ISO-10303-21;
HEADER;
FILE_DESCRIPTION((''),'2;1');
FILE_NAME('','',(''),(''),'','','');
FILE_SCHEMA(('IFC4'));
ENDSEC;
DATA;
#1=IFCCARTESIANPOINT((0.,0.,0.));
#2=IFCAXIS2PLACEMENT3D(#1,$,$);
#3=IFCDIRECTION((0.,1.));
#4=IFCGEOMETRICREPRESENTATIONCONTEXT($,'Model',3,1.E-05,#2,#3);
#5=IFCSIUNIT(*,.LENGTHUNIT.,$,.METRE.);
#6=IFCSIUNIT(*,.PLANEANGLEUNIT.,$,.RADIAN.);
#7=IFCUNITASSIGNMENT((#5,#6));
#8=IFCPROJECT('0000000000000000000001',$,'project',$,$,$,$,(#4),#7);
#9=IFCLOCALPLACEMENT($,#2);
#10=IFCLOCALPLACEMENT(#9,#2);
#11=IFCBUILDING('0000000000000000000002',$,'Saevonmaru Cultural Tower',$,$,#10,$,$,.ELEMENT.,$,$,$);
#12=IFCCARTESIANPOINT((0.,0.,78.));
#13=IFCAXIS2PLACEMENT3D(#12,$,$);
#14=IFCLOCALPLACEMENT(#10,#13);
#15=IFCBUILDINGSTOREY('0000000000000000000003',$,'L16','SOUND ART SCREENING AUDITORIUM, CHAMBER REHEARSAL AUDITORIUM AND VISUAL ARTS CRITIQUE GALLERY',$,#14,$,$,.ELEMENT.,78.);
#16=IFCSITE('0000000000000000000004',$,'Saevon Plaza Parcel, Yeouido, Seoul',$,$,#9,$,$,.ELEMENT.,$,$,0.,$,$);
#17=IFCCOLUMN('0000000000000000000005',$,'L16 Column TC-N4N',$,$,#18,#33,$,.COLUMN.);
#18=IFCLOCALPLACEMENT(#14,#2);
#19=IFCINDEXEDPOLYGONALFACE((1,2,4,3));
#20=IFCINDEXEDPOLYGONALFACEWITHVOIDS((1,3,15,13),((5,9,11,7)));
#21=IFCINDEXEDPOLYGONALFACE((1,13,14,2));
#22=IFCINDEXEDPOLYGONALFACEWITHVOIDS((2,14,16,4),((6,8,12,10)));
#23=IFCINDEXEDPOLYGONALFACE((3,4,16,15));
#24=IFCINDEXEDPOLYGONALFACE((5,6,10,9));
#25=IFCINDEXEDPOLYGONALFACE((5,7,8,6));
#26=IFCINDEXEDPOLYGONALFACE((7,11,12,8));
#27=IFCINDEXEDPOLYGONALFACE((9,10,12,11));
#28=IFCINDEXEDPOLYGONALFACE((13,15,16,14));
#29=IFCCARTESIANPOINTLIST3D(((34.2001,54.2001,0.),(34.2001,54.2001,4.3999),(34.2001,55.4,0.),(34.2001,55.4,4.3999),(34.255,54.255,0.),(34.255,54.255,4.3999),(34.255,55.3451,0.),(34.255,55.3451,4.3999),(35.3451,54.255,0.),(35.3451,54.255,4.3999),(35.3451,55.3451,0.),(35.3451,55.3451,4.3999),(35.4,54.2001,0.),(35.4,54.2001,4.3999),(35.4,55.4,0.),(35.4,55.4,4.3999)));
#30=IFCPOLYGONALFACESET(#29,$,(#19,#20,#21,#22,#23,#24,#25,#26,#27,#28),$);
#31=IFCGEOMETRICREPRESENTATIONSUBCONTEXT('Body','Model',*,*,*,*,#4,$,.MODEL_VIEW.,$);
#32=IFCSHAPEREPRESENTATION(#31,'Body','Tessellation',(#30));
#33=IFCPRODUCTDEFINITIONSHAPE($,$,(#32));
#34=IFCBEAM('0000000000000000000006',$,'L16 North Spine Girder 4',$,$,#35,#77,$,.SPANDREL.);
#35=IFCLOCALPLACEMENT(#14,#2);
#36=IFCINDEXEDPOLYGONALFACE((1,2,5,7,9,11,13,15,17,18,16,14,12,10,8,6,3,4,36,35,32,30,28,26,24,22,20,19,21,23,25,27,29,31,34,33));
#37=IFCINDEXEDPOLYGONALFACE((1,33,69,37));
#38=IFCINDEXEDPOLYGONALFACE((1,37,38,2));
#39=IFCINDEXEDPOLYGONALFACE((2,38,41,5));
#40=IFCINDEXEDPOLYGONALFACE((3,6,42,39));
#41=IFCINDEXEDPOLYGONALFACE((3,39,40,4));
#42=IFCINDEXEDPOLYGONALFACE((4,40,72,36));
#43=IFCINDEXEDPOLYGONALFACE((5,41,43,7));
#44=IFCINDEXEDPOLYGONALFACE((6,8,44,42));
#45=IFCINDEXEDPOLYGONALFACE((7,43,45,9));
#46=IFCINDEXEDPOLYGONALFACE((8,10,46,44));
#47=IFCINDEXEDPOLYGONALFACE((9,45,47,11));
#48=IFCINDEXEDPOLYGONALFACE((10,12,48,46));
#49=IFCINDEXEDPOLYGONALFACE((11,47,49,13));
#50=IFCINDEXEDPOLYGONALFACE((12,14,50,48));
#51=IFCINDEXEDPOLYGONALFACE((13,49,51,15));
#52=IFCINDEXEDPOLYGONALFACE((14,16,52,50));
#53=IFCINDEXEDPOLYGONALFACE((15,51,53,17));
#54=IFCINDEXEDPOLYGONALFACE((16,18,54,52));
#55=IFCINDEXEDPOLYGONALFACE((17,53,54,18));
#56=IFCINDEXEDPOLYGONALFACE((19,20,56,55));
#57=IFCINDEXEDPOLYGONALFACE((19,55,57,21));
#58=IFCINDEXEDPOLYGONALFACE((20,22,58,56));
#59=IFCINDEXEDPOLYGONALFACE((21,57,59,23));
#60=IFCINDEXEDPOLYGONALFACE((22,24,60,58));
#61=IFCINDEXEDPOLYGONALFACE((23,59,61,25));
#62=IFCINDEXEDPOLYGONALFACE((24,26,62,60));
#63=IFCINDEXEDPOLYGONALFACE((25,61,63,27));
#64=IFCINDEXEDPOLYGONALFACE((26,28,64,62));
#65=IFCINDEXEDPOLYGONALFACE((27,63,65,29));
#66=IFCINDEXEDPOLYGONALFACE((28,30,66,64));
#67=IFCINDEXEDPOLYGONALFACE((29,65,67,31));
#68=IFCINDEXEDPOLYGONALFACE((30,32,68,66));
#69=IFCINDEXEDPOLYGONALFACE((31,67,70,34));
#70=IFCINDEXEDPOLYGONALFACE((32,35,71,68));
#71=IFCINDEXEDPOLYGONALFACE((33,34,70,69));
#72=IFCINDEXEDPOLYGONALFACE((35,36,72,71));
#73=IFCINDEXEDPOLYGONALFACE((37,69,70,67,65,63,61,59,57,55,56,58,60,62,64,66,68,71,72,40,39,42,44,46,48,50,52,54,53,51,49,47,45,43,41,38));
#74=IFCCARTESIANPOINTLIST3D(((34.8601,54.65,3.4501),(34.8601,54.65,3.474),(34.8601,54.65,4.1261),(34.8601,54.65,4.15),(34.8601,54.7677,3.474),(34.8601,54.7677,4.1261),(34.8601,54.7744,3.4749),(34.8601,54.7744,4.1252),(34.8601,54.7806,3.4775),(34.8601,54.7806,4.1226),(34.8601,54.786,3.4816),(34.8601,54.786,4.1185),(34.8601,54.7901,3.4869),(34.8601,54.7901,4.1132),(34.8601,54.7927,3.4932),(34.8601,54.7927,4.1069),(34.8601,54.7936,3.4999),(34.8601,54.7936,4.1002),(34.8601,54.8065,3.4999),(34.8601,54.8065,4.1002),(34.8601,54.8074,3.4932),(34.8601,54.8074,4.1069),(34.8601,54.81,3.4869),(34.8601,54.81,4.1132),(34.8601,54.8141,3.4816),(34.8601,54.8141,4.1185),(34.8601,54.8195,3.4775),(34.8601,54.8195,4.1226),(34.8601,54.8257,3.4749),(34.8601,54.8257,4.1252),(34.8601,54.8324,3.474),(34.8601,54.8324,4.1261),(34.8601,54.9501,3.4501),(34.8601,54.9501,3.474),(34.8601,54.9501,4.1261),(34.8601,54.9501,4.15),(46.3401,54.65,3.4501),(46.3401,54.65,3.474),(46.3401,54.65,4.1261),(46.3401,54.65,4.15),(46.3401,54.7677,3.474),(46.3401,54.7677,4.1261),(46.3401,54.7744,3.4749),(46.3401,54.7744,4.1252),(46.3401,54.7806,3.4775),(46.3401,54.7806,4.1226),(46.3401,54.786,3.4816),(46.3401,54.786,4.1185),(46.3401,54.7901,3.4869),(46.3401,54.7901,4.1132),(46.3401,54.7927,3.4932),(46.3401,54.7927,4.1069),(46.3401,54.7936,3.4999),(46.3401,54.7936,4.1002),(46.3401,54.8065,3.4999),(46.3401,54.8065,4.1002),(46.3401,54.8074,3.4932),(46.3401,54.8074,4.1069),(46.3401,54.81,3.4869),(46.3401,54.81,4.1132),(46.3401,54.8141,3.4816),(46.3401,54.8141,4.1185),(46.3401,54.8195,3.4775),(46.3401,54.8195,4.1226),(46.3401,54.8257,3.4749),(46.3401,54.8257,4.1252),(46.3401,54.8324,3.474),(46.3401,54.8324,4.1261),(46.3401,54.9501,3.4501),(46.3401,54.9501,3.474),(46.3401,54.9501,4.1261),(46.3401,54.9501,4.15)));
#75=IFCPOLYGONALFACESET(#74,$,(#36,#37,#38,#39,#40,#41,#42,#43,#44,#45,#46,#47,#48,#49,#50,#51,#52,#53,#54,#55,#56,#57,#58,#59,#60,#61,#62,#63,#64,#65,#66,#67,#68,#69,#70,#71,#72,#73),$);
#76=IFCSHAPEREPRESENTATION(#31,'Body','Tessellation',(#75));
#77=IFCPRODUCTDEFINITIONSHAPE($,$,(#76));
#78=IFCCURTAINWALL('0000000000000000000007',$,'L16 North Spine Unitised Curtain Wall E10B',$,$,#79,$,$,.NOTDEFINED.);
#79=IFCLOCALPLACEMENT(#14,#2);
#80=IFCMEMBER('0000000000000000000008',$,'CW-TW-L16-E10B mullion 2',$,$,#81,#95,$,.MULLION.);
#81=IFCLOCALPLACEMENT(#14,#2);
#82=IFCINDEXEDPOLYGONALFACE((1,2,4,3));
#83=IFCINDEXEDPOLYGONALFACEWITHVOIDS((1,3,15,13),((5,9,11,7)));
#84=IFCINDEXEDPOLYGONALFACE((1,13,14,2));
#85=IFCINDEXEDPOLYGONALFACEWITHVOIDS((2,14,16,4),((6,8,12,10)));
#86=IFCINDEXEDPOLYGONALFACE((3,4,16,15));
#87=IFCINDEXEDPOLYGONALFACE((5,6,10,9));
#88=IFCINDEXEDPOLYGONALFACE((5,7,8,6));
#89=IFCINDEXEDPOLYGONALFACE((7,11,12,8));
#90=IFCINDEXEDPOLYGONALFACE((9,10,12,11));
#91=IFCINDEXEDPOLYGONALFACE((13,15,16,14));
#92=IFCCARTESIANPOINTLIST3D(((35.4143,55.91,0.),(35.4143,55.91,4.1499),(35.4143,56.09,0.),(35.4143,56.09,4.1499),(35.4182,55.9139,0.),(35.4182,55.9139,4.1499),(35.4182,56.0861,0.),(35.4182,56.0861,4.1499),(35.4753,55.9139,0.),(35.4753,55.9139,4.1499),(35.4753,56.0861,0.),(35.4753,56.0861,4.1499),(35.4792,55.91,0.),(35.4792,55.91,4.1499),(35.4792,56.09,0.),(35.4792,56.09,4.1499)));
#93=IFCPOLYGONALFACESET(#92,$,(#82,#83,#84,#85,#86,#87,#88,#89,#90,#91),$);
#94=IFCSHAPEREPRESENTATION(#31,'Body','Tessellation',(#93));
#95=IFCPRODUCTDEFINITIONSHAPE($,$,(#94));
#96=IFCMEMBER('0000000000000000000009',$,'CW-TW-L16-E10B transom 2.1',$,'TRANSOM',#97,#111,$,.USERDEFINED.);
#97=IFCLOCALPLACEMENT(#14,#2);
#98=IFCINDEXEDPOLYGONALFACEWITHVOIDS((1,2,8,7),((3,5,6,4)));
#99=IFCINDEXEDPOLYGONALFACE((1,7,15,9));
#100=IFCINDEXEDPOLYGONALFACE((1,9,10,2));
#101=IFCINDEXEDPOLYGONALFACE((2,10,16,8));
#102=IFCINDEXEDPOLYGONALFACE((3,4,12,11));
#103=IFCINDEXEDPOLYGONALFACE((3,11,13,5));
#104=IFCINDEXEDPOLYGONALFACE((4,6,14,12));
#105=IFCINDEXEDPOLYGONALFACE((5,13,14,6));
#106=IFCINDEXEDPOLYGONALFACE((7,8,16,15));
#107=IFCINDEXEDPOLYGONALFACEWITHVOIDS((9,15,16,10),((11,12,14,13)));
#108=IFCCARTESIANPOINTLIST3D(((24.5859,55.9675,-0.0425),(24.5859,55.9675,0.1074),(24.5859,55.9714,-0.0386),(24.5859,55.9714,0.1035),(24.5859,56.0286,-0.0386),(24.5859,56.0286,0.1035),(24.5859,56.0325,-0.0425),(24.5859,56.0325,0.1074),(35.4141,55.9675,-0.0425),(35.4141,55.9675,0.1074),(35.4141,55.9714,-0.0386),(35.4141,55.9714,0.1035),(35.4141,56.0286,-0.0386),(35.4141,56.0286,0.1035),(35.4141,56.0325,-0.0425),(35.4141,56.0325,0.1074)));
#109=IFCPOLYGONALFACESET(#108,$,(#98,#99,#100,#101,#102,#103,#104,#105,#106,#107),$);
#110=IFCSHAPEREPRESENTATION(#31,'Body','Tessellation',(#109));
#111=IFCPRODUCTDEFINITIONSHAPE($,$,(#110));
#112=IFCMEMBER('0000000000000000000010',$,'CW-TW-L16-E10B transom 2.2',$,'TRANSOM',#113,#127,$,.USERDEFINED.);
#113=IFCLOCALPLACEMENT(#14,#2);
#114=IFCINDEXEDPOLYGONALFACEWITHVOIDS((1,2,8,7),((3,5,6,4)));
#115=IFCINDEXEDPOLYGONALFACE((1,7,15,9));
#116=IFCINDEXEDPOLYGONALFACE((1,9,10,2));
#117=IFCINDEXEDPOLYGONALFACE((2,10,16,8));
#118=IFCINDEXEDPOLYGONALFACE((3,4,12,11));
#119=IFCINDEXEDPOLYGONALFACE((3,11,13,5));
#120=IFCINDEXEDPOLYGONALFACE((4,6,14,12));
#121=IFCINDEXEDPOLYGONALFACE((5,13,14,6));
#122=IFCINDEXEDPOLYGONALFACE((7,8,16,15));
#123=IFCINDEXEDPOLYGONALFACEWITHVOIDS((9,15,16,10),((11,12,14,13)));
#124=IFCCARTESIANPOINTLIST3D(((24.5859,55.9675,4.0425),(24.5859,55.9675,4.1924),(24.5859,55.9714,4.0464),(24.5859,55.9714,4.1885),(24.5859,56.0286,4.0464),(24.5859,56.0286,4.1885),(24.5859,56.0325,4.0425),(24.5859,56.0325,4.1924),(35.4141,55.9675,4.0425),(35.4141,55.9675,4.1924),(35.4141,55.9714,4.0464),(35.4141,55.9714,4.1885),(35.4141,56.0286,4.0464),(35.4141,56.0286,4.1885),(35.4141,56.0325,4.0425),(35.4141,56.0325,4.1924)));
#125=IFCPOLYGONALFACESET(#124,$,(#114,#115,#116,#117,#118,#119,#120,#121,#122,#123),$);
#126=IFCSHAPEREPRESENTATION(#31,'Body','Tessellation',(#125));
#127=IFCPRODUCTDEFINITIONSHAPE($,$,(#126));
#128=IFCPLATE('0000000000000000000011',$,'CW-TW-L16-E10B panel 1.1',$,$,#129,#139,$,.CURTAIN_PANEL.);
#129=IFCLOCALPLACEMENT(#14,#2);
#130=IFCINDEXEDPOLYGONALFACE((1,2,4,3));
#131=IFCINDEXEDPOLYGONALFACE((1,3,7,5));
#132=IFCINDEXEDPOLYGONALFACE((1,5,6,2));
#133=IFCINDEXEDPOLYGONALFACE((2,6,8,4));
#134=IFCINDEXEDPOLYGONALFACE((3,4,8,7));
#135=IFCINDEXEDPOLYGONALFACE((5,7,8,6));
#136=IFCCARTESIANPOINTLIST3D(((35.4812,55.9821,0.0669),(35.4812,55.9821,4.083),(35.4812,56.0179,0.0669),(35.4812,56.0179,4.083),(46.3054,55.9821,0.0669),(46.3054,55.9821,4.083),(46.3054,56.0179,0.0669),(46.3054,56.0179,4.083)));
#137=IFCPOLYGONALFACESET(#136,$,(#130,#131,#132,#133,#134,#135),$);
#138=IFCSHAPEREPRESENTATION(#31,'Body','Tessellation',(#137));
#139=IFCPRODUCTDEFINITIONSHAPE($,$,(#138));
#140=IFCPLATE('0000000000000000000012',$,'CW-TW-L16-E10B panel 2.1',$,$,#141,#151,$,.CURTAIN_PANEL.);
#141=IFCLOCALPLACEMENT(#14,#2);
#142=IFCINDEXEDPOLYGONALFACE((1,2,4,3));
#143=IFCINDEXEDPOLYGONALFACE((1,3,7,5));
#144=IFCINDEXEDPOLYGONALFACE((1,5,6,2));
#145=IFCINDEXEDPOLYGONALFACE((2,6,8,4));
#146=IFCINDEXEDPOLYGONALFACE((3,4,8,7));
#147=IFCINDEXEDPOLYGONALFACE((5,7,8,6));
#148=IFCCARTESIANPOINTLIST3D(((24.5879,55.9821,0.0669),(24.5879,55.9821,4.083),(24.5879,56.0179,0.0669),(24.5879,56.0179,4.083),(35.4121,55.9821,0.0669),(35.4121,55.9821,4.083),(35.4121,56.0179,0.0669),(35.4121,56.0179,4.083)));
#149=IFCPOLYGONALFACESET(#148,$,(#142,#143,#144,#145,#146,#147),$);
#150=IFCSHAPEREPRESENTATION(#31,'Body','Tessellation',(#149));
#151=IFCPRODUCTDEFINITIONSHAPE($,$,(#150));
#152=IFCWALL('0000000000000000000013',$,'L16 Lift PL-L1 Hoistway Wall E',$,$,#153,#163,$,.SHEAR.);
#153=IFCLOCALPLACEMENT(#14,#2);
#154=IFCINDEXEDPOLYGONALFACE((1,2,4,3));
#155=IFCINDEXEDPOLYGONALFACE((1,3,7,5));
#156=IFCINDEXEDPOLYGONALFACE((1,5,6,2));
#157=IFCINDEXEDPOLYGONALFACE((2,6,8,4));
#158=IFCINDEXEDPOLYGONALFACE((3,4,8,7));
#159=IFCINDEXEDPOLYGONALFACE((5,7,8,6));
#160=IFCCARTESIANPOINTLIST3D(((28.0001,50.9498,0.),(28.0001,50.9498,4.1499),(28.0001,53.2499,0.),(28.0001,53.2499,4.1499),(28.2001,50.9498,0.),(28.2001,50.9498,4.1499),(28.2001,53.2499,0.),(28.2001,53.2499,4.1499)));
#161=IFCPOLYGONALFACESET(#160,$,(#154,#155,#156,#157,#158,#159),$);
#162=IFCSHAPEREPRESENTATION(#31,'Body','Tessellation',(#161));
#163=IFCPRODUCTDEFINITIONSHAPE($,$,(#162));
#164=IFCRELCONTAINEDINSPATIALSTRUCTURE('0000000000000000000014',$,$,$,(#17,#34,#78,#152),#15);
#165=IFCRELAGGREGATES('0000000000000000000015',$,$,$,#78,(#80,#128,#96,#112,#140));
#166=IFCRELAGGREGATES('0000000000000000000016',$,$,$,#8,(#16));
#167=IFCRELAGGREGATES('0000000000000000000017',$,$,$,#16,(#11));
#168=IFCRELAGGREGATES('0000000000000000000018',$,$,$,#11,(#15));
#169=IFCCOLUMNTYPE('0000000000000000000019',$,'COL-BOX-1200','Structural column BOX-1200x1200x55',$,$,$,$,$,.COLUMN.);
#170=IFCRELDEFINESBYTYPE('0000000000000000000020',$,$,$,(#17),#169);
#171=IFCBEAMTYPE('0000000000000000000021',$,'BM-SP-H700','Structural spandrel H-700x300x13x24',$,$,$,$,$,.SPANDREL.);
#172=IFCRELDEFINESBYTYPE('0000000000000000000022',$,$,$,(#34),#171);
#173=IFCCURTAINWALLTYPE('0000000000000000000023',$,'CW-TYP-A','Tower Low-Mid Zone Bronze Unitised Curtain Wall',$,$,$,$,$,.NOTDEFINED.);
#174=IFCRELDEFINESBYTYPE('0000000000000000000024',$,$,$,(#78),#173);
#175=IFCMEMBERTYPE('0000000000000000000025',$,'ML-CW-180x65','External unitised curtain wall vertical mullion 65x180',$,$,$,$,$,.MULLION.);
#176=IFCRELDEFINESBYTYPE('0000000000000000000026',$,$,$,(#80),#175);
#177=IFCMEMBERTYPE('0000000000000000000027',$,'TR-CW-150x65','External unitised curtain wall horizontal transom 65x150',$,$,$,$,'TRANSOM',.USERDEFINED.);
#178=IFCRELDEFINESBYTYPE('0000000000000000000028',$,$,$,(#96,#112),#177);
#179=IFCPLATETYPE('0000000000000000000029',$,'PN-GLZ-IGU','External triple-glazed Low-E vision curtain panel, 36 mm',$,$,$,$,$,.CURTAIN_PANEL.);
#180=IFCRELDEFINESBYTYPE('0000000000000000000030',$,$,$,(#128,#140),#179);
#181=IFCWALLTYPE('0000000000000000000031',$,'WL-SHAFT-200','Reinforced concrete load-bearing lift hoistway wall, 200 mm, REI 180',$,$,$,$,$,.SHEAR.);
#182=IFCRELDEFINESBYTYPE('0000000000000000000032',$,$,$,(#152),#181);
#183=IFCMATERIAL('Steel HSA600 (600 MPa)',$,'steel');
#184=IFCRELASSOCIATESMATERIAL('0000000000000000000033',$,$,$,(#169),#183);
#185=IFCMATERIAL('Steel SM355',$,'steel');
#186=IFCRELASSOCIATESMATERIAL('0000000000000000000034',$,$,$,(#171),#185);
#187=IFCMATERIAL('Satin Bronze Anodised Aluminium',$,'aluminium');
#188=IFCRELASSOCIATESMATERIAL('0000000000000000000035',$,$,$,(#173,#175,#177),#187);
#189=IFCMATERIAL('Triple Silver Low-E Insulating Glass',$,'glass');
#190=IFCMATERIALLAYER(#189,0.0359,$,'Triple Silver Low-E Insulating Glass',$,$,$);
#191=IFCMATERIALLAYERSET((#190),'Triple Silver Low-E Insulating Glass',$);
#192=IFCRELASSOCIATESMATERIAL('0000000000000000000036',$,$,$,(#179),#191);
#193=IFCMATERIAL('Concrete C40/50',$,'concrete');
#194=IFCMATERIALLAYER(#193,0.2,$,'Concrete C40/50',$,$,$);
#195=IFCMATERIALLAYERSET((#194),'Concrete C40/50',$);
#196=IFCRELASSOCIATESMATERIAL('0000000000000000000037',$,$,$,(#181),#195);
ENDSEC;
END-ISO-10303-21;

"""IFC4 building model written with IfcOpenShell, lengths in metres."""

from ifc_helpers import new_model, si_unit, direction, frame, frame_2d, origin, origin_2d, place, context, subcontext, project, spatial, rectangle, hollow_rectangle, i_section, extrude, material, layer, layer_set, material_profile, profile_set, type_object, element, aggregate, save


model = new_model("IFC4")

# Units and contexts
model_context = context("Model", 3, precision=1e-05, world=origin(), true_north=direction((0.0, 1.0)))
body_context = subcontext(model_context, "Body", "Model", "MODEL_VIEW")
ifc_project = project(units=[si_unit("LENGTHUNIT", "METRE"), si_unit("PLANEANGLEUNIT", "RADIAN")], contexts=[model_context])

# Site, building, storey
site_placement = place(None, origin())
site = spatial("IfcSite", under=ifc_project, at=site_placement, Name="Saevon Plaza Parcel, Yeouido, Seoul", CompositionType="ELEMENT", RefElevation=0.0)
building_placement = place(site_placement, origin())
building = spatial("IfcBuilding", under=site, at=building_placement, Name="Saevonmaru Cultural Tower", CompositionType="ELEMENT")
storey_placement = place(building_placement, frame((0.0, 0.0, 78.0)))
storey = spatial("IfcBuildingStorey", under=building, at=storey_placement, Name="L16", Description="SOUND ART SCREENING AUDITORIUM, CHAMBER REHEARSAL AUDITORIUM AND VISUAL ARTS CRITIQUE GALLERY", CompositionType="ELEMENT", Elevation=78.0)

# Column
ifc_material_1 = material(Name="Steel HSA600 (600 MPa)", Category="steel")
ifc_material_profile_1 = material_profile(ifc_material_1, hollow_rectangle(XDim=1.2, YDim=1.2, WallThickness=0.0549, at=origin_2d()), Name="BOX-1200x1200x55")
ifc_profile_set_1 = profile_set([ifc_material_profile_1], Name="Steel HSA600 (600 MPa)")
column_type = type_object("IfcColumnType", Name="COL-BOX-1200", Description="Structural column BOX-1200x1200x55", PredefinedType="COLUMN", material=ifc_profile_set_1)
column_placement = place(storey_placement, frame((34.8, 54.8, 0.0), z_axis=(0.0, 0.0, 1.0), x_axis=(1.0, 0.0, 0.0)))
element("IfcColumn", 1, at=column_placement, inside=storey, type_object=column_type, Name="L16 Column TC-N4N", PredefinedType="COLUMN", context=body_context, shape_type="SweptSolid", body=[
    extrude(hollow_rectangle(XDim=1.2, YDim=1.2, WallThickness=0.0549, at=origin_2d()), origin(), (0.0, 0.0, 1.0), 4.3999),
])

# Beam
ifc_material_2 = material(Name="Steel SM355", Category="steel")
ifc_material_profile_2 = material_profile(ifc_material_2, i_section(OverallWidth=0.3, OverallDepth=0.7, WebThickness=0.0129, FlangeThickness=0.0239, FilletRadius=0.0259, at=origin_2d()), Name="H-700x300x13x24")
ifc_profile_set_2 = profile_set([ifc_material_profile_2], Name="Steel SM355")
beam_type = type_object("IfcBeamType", Name="BM-SP-H700", Description="Structural spandrel H-700x300x13x24", PredefinedType="SPANDREL", material=ifc_profile_set_2)
beam_placement = place(storey_placement, frame((34.8601, 54.8, 3.8), z_axis=(1.0, 0.0, 0.0), x_axis=(0.0, 1.0, 0.0)))
element("IfcBeam", 2, at=beam_placement, inside=storey, type_object=beam_type, Name="L16 North Spine Girder 4", PredefinedType="SPANDREL", context=body_context, shape_type="SweptSolid", body=[
    extrude(i_section(OverallWidth=0.3, OverallDepth=0.7, WebThickness=0.0129, FlangeThickness=0.0239, FilletRadius=0.0259, at=origin_2d()), origin(), (0.0, 0.0, 1.0), 11.48),
])

# Curtain wall, members, plates
ifc_material_3 = material(Name="Satin Bronze Anodised Aluminium", Category="aluminium")
curtain_wall_type = type_object("IfcCurtainWallType", Name="CW-TYP-A", Description="Tower Low-Mid Zone Bronze Unitised Curtain Wall", PredefinedType="NOTDEFINED", material=ifc_material_3)
curtain_wall_placement = place(storey_placement, origin())
curtain_wall = element("IfcCurtainWall", 3, at=curtain_wall_placement, inside=storey, type_object=curtain_wall_type, Name="L16 North Spine Unitised Curtain Wall E10B", PredefinedType="NOTDEFINED")
ifc_material_profile_3 = material_profile(ifc_material_3, hollow_rectangle(XDim=0.0649, YDim=0.1799, WallThickness=0.0039, at=origin_2d()), Name="ALU-MULL-180x65x4")
ifc_profile_set_3 = profile_set([ifc_material_profile_3], Name="Satin Bronze Anodised Aluminium")
member_type_1 = type_object("IfcMemberType", Name="ML-CW-180x65", Description="External unitised curtain wall vertical mullion 65x180", PredefinedType="MULLION", material=ifc_profile_set_3)
member_1_placement = place(storey_placement, frame((35.4468, 56.0, 0.0), z_axis=(0.0, 0.0, 1.0), x_axis=(-1.0, 0.0, 0.0)))
member_1 = element("IfcMember", 4, at=member_1_placement, type_object=member_type_1, Name="CW-TW-L16-E10B mullion 2", PredefinedType="MULLION", context=body_context, shape_type="SweptSolid", body=[
    extrude(hollow_rectangle(XDim=0.0649, YDim=0.1799, WallThickness=0.0039, at=origin_2d()), origin(), (0.0, 0.0, 1.0), 4.1499),
])
ifc_material_profile_4 = material_profile(ifc_material_3, hollow_rectangle(XDim=0.0649, YDim=0.1499, WallThickness=0.0039, at=origin_2d()), Name="ALU-TRAN-150x65x4")
ifc_profile_set_4 = profile_set([ifc_material_profile_4], Name="Satin Bronze Anodised Aluminium")
member_type_2 = type_object("IfcMemberType", Name="TR-CW-150x65", Description="External unitised curtain wall horizontal transom 65x150", ElementType="TRANSOM", PredefinedType="USERDEFINED", material=ifc_profile_set_4)
member_2_placement = place(storey_placement, frame((35.4141, 56.0, 0.0325), z_axis=(-1.0, 0.0, 0.0), x_axis=(0.0, -1.0, 0.0)))
member_2 = element("IfcMember", 5, at=member_2_placement, type_object=member_type_2, Name="CW-TW-L16-E10B transom 2.1", ObjectType="TRANSOM", PredefinedType="USERDEFINED", context=body_context, shape_type="SweptSolid", body=[
    extrude(hollow_rectangle(XDim=0.0649, YDim=0.1499, WallThickness=0.0039, at=origin_2d()), origin(), (0.0, 0.0, 1.0), 10.8281),
])
member_3_placement = place(storey_placement, frame((35.4141, 56.0, 4.1174), z_axis=(-1.0, 0.0, 0.0), x_axis=(0.0, -1.0, 0.0)))
member_3 = element("IfcMember", 6, at=member_3_placement, type_object=member_type_2, Name="CW-TW-L16-E10B transom 2.2", ObjectType="TRANSOM", PredefinedType="USERDEFINED", context=body_context, shape_type="SweptSolid", body=[
    extrude(hollow_rectangle(XDim=0.0649, YDim=0.1499, WallThickness=0.0039, at=origin_2d()), origin(), (0.0, 0.0, 1.0), 10.8281),
])
ifc_material_4 = material(Name="Triple Silver Low-E Insulating Glass", Category="glass")
ifc_layer_1 = layer(ifc_material_4, 0.0359, Name="Triple Silver Low-E Insulating Glass")
ifc_layer_set_1 = layer_set([ifc_layer_1], Name="Triple Silver Low-E Insulating Glass")
plate_type = type_object("IfcPlateType", Name="PN-GLZ-IGU", Description="External triple-glazed Low-E vision curtain panel, 36 mm", PredefinedType="CURTAIN_PANEL", material=ifc_layer_set_1)
plate_1_placement = place(storey_placement, frame((40.8933, 56.0, 0.0669), z_axis=(0.0, 0.0, 1.0), x_axis=(-1.0, 0.0, 0.0)))
plate_1 = element("IfcPlate", 7, at=plate_1_placement, type_object=plate_type, Name="CW-TW-L16-E10B panel 1.1", PredefinedType="CURTAIN_PANEL", context=body_context, shape_type="SweptSolid", body=[
    extrude(rectangle(XDim=10.8242, YDim=0.0359, at=origin_2d()), origin(), (0.0, 0.0, 1.0), 4.0161),
])
plate_2_placement = place(storey_placement, frame((30.0, 56.0, 0.0669), z_axis=(0.0, 0.0, 1.0), x_axis=(-1.0, 0.0, 0.0)))
plate_2 = element("IfcPlate", 8, at=plate_2_placement, type_object=plate_type, Name="CW-TW-L16-E10B panel 2.1", PredefinedType="CURTAIN_PANEL", context=body_context, shape_type="SweptSolid", body=[
    extrude(rectangle(XDim=10.8242, YDim=0.0359, at=origin_2d()), origin(), (0.0, 0.0, 1.0), 4.0161),
])
aggregate(curtain_wall, [member_1, plate_1, member_2, member_3, plate_2])

# Wall
ifc_material_5 = material(Name="Concrete C40/50", Category="concrete")
ifc_layer_2 = layer(ifc_material_5, 0.2, Name="Concrete C40/50")
ifc_layer_set_2 = layer_set([ifc_layer_2], Name="Concrete C40/50")
wall_type_1 = type_object("IfcWallType", Name="WL-SHAFT-200", Description="Reinforced concrete load-bearing lift hoistway wall, 200 mm, REI 180", PredefinedType="SHEAR", material=ifc_layer_set_2)
wall_1_placement = place(storey_placement, frame((28.1001, 50.95, 0.0), z_axis=(0.0, 0.0, 1.0), x_axis=(0.0, 1.0, 0.0)))
element("IfcWall", 9, at=wall_1_placement, inside=storey, type_object=wall_type_1, Name="L16 Lift PL-L1 Hoistway Wall E", PredefinedType="SHEAR", context=body_context, shape_type="SweptSolid", body=[
    extrude(rectangle(XDim=2.3, YDim=0.2, at=frame_2d((1.1499, 0.0))), origin(), (0.0, 0.0, 1.0), 4.1499),
])

save(model, "model.ifc")
